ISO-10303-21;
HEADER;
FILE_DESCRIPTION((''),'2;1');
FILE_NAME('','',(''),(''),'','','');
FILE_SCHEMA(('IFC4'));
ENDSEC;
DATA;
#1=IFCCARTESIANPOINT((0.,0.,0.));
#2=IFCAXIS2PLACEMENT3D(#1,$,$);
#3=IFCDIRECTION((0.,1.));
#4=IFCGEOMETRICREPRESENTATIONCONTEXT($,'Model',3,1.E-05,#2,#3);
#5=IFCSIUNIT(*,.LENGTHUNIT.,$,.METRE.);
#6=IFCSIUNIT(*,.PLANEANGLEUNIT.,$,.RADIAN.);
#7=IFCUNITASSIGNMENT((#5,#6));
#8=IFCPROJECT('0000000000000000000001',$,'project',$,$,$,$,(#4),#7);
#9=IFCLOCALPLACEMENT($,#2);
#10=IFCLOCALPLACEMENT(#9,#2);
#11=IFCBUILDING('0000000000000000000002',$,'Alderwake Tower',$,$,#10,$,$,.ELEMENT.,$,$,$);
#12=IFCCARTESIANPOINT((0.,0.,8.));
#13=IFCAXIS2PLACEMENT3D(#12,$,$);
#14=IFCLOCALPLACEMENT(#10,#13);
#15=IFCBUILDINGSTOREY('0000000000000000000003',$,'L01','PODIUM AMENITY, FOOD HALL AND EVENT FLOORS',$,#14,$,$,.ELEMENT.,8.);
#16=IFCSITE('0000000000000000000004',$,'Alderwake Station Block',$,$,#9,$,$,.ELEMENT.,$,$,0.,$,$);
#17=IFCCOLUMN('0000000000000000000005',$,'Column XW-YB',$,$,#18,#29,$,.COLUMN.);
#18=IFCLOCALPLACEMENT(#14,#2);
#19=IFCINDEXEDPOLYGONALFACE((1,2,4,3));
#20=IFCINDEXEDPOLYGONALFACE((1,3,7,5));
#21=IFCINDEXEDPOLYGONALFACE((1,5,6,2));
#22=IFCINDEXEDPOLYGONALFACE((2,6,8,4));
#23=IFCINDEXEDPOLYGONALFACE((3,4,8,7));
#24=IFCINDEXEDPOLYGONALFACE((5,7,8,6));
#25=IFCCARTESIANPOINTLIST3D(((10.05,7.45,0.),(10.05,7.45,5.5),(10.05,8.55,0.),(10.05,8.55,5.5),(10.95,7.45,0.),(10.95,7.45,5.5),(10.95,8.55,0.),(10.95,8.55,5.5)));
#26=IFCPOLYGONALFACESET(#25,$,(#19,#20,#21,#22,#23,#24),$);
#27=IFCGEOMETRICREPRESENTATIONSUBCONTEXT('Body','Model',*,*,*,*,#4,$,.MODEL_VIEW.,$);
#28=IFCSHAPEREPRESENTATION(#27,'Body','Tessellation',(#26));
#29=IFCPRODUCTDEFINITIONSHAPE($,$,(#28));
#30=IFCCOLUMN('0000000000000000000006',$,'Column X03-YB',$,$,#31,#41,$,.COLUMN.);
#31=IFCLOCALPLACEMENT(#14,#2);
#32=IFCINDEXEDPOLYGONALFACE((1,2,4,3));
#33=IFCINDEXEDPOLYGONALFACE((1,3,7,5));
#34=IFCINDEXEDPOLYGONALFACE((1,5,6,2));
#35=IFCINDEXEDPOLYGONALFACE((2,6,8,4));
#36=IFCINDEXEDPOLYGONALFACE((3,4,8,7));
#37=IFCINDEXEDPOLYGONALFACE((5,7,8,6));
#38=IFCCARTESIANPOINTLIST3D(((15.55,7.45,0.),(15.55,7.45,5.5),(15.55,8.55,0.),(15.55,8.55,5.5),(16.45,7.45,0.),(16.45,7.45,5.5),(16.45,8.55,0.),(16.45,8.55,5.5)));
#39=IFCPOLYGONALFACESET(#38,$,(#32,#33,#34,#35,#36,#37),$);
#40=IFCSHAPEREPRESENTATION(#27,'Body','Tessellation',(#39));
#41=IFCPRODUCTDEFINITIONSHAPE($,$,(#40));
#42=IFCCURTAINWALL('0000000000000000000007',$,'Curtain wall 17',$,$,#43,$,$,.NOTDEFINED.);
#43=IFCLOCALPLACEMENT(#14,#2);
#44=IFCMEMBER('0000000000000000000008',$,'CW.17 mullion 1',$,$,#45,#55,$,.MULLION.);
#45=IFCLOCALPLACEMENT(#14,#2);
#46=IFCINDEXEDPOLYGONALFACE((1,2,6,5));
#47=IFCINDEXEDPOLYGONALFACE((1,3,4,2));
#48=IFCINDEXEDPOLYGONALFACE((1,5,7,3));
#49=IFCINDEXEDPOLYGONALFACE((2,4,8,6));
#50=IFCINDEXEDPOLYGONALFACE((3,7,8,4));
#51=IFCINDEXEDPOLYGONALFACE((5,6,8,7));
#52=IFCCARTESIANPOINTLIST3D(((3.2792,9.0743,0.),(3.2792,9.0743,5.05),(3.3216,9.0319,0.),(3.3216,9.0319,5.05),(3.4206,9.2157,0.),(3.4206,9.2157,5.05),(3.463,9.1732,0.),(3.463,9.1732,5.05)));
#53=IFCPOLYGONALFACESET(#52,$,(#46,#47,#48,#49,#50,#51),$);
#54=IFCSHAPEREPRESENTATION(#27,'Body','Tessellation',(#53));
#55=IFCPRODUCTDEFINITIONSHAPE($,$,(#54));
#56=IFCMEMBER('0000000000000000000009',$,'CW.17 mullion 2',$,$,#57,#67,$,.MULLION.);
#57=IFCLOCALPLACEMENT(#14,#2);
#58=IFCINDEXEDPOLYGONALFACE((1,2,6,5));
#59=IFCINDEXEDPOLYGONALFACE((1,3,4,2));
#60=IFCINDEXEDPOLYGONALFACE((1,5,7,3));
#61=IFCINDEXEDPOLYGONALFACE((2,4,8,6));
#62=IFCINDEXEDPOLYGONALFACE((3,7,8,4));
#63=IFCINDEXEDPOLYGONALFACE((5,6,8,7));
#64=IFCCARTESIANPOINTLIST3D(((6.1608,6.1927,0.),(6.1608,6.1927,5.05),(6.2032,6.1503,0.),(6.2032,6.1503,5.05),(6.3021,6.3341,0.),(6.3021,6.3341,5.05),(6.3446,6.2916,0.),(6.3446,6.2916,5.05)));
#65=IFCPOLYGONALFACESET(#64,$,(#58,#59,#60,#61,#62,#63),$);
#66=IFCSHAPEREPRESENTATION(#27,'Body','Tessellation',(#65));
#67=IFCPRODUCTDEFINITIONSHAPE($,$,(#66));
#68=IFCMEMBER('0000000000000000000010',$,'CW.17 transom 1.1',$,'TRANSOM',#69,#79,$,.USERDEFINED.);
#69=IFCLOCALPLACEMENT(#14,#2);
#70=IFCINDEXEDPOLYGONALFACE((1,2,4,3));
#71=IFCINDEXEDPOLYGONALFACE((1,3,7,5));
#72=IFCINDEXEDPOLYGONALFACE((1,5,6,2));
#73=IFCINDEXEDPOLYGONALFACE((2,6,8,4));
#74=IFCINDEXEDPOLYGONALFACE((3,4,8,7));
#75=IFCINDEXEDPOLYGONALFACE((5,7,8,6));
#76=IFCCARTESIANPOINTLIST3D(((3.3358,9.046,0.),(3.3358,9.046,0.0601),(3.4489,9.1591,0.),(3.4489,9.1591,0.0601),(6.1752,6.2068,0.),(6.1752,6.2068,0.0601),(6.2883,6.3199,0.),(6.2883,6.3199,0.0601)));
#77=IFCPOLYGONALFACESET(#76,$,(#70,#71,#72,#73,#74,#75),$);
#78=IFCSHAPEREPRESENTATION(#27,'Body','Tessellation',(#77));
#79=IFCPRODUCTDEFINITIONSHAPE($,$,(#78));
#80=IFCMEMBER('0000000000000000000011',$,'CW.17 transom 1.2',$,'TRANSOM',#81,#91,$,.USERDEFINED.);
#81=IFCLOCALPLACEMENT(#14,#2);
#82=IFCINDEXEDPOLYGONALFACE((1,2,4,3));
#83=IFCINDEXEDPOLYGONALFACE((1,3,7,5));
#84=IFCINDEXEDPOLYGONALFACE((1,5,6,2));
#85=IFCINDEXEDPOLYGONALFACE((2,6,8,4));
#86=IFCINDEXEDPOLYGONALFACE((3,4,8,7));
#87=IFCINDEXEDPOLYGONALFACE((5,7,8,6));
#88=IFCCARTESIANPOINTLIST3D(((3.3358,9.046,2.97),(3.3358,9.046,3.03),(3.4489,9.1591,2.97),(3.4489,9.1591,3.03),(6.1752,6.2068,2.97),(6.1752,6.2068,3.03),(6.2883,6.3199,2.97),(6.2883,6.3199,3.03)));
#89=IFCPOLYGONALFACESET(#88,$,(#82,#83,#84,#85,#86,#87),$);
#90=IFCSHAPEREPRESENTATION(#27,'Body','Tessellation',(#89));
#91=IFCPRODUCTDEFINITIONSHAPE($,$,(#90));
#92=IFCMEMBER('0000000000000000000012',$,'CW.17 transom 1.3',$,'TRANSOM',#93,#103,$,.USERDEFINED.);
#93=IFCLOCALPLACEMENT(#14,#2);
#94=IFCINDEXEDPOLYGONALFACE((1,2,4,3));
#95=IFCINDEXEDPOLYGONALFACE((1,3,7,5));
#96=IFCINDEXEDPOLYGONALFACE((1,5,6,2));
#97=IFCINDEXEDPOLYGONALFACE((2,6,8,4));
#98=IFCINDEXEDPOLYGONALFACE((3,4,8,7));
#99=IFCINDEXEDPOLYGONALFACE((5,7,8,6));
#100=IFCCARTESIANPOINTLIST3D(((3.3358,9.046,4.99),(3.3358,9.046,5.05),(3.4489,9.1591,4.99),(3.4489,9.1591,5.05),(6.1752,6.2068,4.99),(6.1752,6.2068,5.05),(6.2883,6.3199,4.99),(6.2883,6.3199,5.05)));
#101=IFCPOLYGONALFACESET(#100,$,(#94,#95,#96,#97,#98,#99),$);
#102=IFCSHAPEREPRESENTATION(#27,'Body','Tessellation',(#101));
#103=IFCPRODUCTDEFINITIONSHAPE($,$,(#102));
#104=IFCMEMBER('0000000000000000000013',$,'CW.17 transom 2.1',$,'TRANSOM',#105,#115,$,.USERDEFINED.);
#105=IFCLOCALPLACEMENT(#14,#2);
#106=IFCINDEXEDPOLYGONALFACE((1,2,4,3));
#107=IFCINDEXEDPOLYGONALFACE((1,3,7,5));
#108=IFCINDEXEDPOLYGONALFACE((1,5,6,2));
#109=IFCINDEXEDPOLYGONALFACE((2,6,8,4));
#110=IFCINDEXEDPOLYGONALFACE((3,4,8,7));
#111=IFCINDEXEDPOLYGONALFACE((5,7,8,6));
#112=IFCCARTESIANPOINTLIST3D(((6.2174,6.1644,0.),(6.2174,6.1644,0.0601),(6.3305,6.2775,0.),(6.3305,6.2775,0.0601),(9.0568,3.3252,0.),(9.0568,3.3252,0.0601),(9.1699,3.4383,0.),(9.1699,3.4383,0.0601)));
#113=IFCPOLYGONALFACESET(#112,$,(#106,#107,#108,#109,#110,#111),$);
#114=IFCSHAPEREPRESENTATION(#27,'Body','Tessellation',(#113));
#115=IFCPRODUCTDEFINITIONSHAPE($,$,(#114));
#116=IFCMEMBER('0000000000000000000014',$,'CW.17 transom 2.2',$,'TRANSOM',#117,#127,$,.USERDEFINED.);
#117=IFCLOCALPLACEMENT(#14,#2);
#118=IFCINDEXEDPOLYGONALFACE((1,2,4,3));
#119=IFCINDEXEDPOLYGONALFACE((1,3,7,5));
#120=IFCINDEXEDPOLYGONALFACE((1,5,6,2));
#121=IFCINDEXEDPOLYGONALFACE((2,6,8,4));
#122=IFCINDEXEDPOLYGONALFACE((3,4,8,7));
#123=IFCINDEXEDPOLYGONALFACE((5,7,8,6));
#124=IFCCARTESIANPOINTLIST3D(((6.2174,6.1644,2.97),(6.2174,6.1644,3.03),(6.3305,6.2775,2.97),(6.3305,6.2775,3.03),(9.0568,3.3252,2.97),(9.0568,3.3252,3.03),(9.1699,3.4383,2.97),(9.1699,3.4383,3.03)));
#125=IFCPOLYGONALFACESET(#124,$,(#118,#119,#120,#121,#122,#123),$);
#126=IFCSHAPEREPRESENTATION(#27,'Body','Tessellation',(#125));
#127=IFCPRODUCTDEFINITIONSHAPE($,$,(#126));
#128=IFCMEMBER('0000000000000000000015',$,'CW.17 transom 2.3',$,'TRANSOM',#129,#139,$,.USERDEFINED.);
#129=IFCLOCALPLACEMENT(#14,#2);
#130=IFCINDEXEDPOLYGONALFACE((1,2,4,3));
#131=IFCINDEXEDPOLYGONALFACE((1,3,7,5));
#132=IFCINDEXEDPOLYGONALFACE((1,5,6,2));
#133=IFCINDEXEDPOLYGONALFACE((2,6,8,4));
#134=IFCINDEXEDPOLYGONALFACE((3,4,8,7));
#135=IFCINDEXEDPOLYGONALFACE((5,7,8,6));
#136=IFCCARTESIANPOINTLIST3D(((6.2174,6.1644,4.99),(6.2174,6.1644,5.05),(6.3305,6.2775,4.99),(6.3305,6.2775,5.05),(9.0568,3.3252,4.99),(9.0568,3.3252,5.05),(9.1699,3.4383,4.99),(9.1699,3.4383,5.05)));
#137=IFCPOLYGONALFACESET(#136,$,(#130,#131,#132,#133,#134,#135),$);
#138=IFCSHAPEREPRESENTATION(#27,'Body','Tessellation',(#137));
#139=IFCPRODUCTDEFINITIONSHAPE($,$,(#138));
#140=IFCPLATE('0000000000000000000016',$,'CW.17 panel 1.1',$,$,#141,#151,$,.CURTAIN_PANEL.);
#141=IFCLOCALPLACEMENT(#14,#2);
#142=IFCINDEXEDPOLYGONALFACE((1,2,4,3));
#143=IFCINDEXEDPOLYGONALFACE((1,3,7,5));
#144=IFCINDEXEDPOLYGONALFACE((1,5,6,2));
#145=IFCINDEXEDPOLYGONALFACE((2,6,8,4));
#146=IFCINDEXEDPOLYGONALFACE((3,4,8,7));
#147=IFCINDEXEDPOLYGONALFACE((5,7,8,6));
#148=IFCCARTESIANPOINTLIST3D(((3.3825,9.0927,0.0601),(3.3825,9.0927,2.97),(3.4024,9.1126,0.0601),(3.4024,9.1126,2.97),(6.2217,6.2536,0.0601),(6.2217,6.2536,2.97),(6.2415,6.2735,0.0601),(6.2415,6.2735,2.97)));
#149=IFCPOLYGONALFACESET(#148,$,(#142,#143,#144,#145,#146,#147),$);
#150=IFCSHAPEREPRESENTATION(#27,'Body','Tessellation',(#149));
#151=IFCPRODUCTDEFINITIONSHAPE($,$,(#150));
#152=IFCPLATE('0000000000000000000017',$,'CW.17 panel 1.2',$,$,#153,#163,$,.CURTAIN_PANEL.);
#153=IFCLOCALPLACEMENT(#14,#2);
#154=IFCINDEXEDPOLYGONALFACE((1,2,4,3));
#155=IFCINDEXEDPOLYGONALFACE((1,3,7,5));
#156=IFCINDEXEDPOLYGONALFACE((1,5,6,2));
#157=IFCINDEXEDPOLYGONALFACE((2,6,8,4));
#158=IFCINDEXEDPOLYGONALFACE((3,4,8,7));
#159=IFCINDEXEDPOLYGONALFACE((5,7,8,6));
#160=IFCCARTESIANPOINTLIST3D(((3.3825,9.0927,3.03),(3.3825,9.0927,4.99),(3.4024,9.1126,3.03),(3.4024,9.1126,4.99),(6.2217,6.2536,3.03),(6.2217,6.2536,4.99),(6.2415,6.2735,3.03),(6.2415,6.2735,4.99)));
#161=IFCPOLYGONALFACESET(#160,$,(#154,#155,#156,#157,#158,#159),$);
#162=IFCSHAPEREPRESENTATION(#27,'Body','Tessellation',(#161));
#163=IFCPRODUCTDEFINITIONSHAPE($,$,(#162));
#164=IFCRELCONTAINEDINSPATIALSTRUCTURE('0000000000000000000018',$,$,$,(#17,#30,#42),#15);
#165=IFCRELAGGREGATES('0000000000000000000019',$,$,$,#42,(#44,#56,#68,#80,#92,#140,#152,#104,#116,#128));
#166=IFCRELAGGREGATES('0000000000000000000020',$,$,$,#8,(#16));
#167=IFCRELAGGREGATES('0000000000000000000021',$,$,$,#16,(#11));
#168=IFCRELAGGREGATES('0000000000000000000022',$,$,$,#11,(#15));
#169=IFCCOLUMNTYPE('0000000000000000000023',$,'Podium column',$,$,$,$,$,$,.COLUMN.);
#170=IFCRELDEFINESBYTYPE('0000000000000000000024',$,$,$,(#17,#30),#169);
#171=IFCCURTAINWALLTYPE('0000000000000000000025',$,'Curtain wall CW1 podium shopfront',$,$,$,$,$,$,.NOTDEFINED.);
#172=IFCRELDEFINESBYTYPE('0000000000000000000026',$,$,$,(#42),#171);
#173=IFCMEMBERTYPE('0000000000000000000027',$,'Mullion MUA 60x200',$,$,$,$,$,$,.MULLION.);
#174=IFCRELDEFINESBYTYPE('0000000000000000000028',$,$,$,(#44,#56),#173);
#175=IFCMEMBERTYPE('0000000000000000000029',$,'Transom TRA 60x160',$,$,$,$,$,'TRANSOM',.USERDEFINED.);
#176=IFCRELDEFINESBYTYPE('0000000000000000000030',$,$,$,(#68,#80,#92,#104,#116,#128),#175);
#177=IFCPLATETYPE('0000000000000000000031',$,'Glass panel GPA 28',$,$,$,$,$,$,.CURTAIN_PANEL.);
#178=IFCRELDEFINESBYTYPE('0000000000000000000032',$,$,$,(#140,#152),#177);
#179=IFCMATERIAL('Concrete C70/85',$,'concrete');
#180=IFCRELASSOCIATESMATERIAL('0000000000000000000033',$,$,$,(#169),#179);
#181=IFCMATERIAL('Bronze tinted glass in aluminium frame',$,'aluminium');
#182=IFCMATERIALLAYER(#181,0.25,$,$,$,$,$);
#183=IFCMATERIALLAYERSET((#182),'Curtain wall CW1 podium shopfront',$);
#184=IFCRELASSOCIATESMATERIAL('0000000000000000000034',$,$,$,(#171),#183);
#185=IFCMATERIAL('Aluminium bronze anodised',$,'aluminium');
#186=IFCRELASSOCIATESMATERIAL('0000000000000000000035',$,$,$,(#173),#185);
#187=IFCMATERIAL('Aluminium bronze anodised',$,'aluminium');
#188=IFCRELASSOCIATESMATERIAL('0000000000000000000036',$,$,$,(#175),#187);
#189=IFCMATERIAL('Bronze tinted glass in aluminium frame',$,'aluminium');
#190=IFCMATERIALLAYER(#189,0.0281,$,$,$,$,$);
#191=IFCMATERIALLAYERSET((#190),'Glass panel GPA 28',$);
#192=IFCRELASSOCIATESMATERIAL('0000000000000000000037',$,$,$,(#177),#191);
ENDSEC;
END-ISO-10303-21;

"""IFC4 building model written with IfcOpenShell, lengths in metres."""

from ifc_helpers import new_model, si_unit, direction, frame, origin, origin_2d, place, context, subcontext, project, spatial, rectangle, extrude, material, layer, layer_set, material_profile, profile_set, type_object, element, aggregate, save


model = new_model("IFC4")

# Units and contexts
model_context = context("Model", 3, precision=1e-05, world=origin(), true_north=direction((0.0, 1.0)))
body_context = subcontext(model_context, "Body", "Model", "MODEL_VIEW")
ifc_project = project(units=[si_unit("LENGTHUNIT", "METRE"), si_unit("PLANEANGLEUNIT", "RADIAN")], contexts=[model_context])

# Site, building, storey
site_placement = place(None, origin())
site = spatial("IfcSite", under=ifc_project, at=site_placement, Name="Alderwake Station Block", CompositionType="ELEMENT", RefElevation=0.0)
building_placement = place(site_placement, origin())
building = spatial("IfcBuilding", under=site, at=building_placement, Name="Alderwake Tower", CompositionType="ELEMENT")
storey_placement = place(building_placement, frame((0.0, 0.0, 8.0)))
storey = spatial("IfcBuildingStorey", under=building, at=storey_placement, Name="L01", Description="PODIUM AMENITY, FOOD HALL AND EVENT FLOORS", CompositionType="ELEMENT", Elevation=8.0)

# Columns
ifc_material_1 = material(Name="Concrete C70/85", Category="concrete")
ifc_material_profile_1 = material_profile(ifc_material_1, rectangle(XDim=0.8999, YDim=1.1001, at=origin_2d()), Name="RC 1100X900")
ifc_profile_set_1 = profile_set([ifc_material_profile_1], Name="Concrete C70/85")
column_type = type_object("IfcColumnType", Name="Podium column", PredefinedType="COLUMN", material=ifc_profile_set_1)
for number, where, z_axis, x_axis, name in (
    (1, (10.5, 8.0, 0.0), (0.0, 0.0, 1.0), (1.0, 0.0, 0.0), "Column XW-YB"),
    (2, (16.0, 8.0, 0.0), (0.0, 0.0, 1.0), (1.0, 0.0, 0.0), "Column X03-YB"),
):
    element("IfcColumn", number, at=place(storey_placement, frame(where, z_axis=z_axis, x_axis=x_axis)), inside=storey, type_object=column_type, Name=name, PredefinedType="COLUMN", context=body_context, shape_type="SweptSolid", body=[
        extrude(rectangle(XDim=0.8999, YDim=1.1001, at=origin_2d()), origin(), (0.0, 0.0, 1.0), 5.5),
    ])

# Curtain wall, members, plates
ifc_material_2 = material(Name="Bronze tinted glass in aluminium frame", Category="aluminium")
ifc_layer_1 = layer(ifc_material_2, 0.25)
ifc_layer_set_1 = layer_set([ifc_layer_1], Name="Curtain wall CW1 podium shopfront")
curtain_wall_type = type_object("IfcCurtainWallType", Name="Curtain wall CW1 podium shopfront", PredefinedType="NOTDEFINED", material=ifc_layer_set_1)
curtain_wall_placement = place(storey_placement, origin())
curtain_wall = element("IfcCurtainWall", 3, at=curtain_wall_placement, inside=storey, type_object=curtain_wall_type, Name="Curtain wall 17", PredefinedType="NOTDEFINED")
ifc_material_3 = material(Name="Aluminium bronze anodised", Category="aluminium")
ifc_material_profile_2 = material_profile(ifc_material_3, rectangle(XDim=0.2, YDim=0.0601, at=origin_2d()), Name="Mullion MUA 60x200")
ifc_profile_set_2 = profile_set([ifc_material_profile_2], Name="Aluminium bronze anodised")
member_type_1 = type_object("IfcMemberType", Name="Mullion MUA 60x200", PredefinedType="MULLION", material=ifc_profile_set_2)
member_1_placement = place(storey_placement, frame((3.3711, 9.1238, 0.0), z_axis=(0.0, 0.0, 1.0), x_axis=(0.707107, 0.707107, 0.0)))
member_1 = element("IfcMember", 4, at=member_1_placement, type_object=member_type_1, Name="CW.17 mullion 1", PredefinedType="MULLION", context=body_context, shape_type="SweptSolid", body=[
    extrude(rectangle(XDim=0.2, YDim=0.0601, at=origin_2d()), origin(), (0.0, 0.0, 1.0), 5.05),
])
member_2_placement = place(storey_placement, frame((6.2527, 6.2422, 0.0), z_axis=(0.0, 0.0, 1.0), x_axis=(0.707107, 0.707107, 0.0)))
member_2 = element("IfcMember", 5, at=member_2_placement, type_object=member_type_1, Name="CW.17 mullion 2", PredefinedType="MULLION", context=body_context, shape_type="SweptSolid", body=[
    extrude(rectangle(XDim=0.2, YDim=0.0601, at=origin_2d()), origin(), (0.0, 0.0, 1.0), 5.05),
])
ifc_material_4 = material(Name="Aluminium bronze anodised", Category="aluminium")
ifc_material_profile_3 = material_profile(ifc_material_4, rectangle(XDim=0.1599, YDim=0.0601, at=origin_2d()), Name="Transom TRA 60x160")
ifc_profile_set_3 = profile_set([ifc_material_profile_3], Name="Aluminium bronze anodised")
member_type_2 = type_object("IfcMemberType", Name="Transom TRA 60x160", ElementType="TRANSOM", PredefinedType="USERDEFINED", material=ifc_profile_set_3)
member_3_placement = place(storey_placement, frame((3.3923, 9.1025, 0.03), z_axis=(0.707137, -0.707076, 0.0), x_axis=(0.707076, 0.707137, 0.0)))
member_3 = element("IfcMember", 6, at=member_3_placement, type_object=member_type_2, Name="CW.17 transom 1.1", ObjectType="TRANSOM", PredefinedType="USERDEFINED", context=body_context, shape_type="SweptSolid", body=[
    extrude(rectangle(XDim=0.1599, YDim=0.0601, at=origin_2d()), origin(), (0.0, 0.0, 1.0), 4.0154),
])
member_4_placement = place(storey_placement, frame((3.3923, 9.1025, 3.0), z_axis=(0.707137, -0.707076, 0.0), x_axis=(0.707076, 0.707137, 0.0)))
member_4 = element("IfcMember", 7, at=member_4_placement, type_object=member_type_2, Name="CW.17 transom 1.2", ObjectType="TRANSOM", PredefinedType="USERDEFINED", context=body_context, shape_type="SweptSolid", body=[
    extrude(rectangle(XDim=0.1599, YDim=0.0601, at=origin_2d()), origin(), (0.0, 0.0, 1.0), 4.0154),
])
member_5_placement = place(storey_placement, frame((3.3923, 9.1025, 5.02), z_axis=(0.707137, -0.707076, 0.0), x_axis=(0.707076, 0.707137, 0.0)))
member_5 = element("IfcMember", 8, at=member_5_placement, type_object=member_type_2, Name="CW.17 transom 1.3", ObjectType="TRANSOM", PredefinedType="USERDEFINED", context=body_context, shape_type="SweptSolid", body=[
    extrude(rectangle(XDim=0.1599, YDim=0.0601, at=origin_2d()), origin(), (0.0, 0.0, 1.0), 4.0154),
])
member_6_placement = place(storey_placement, frame((6.2739, 6.2209, 0.03), z_axis=(0.707137, -0.707076, 0.0), x_axis=(0.707076, 0.707137, 0.0)))
member_6 = element("IfcMember", 9, at=member_6_placement, type_object=member_type_2, Name="CW.17 transom 2.1", ObjectType="TRANSOM", PredefinedType="USERDEFINED", context=body_context, shape_type="SweptSolid", body=[
    extrude(rectangle(XDim=0.1599, YDim=0.0601, at=origin_2d()), origin(), (0.0, 0.0, 1.0), 4.0154),
])
member_7_placement = place(storey_placement, frame((6.2739, 6.2209, 3.0), z_axis=(0.707137, -0.707076, 0.0), x_axis=(0.707076, 0.707137, 0.0)))
member_7 = element("IfcMember", 10, at=member_7_placement, type_object=member_type_2, Name="CW.17 transom 2.2", ObjectType="TRANSOM", PredefinedType="USERDEFINED", context=body_context, shape_type="SweptSolid", body=[
    extrude(rectangle(XDim=0.1599, YDim=0.0601, at=origin_2d()), origin(), (0.0, 0.0, 1.0), 4.0154),
])
member_8_placement = place(storey_placement, frame((6.2739, 6.2209, 5.02), z_axis=(0.707137, -0.707076, 0.0), x_axis=(0.707076, 0.707137, 0.0)))
member_8 = element("IfcMember", 11, at=member_8_placement, type_object=member_type_2, Name="CW.17 transom 2.3", ObjectType="TRANSOM", PredefinedType="USERDEFINED", context=body_context, shape_type="SweptSolid", body=[
    extrude(rectangle(XDim=0.1599, YDim=0.0601, at=origin_2d()), origin(), (0.0, 0.0, 1.0), 4.0154),
])
ifc_material_5 = material(Name="Bronze tinted glass in aluminium frame", Category="aluminium")
ifc_layer_2 = layer(ifc_material_5, 0.0281)
ifc_layer_set_2 = layer_set([ifc_layer_2], Name="Glass panel GPA 28")
plate_type = type_object("IfcPlateType", Name="Glass panel GPA 28", PredefinedType="CURTAIN_PANEL", material=ifc_layer_set_2)
plate_1_placement = place(storey_placement, frame((4.812, 7.6831, 0.0601), z_axis=(0.0, 0.0, 1.0), x_axis=(0.707107, -0.707107, 0.0)))
plate_1 = element("IfcPlate", 12, at=plate_1_placement, type_object=plate_type, Name="CW.17 panel 1.1", PredefinedType="CURTAIN_PANEL", context=body_context, shape_type="SweptSolid", body=[
    extrude(rectangle(XDim=4.0151, YDim=0.0281, at=origin_2d()), origin(), (0.0, 0.0, 1.0), 2.9099),
])
plate_2_placement = place(storey_placement, frame((4.812, 7.6831, 3.03), z_axis=(0.0, 0.0, 1.0), x_axis=(0.707107, -0.707107, 0.0)))
plate_2 = element("IfcPlate", 13, at=plate_2_placement, type_object=plate_type, Name="CW.17 panel 1.2", PredefinedType="CURTAIN_PANEL", context=body_context, shape_type="SweptSolid", body=[
    extrude(rectangle(XDim=4.0151, YDim=0.0281, at=origin_2d()), origin(), (0.0, 0.0, 1.0), 1.96),
])
aggregate(curtain_wall, [member_1, member_2, member_3, member_4, member_5, plate_1, plate_2, member_6, member_7, member_8])

save(model, "model.ifc")
